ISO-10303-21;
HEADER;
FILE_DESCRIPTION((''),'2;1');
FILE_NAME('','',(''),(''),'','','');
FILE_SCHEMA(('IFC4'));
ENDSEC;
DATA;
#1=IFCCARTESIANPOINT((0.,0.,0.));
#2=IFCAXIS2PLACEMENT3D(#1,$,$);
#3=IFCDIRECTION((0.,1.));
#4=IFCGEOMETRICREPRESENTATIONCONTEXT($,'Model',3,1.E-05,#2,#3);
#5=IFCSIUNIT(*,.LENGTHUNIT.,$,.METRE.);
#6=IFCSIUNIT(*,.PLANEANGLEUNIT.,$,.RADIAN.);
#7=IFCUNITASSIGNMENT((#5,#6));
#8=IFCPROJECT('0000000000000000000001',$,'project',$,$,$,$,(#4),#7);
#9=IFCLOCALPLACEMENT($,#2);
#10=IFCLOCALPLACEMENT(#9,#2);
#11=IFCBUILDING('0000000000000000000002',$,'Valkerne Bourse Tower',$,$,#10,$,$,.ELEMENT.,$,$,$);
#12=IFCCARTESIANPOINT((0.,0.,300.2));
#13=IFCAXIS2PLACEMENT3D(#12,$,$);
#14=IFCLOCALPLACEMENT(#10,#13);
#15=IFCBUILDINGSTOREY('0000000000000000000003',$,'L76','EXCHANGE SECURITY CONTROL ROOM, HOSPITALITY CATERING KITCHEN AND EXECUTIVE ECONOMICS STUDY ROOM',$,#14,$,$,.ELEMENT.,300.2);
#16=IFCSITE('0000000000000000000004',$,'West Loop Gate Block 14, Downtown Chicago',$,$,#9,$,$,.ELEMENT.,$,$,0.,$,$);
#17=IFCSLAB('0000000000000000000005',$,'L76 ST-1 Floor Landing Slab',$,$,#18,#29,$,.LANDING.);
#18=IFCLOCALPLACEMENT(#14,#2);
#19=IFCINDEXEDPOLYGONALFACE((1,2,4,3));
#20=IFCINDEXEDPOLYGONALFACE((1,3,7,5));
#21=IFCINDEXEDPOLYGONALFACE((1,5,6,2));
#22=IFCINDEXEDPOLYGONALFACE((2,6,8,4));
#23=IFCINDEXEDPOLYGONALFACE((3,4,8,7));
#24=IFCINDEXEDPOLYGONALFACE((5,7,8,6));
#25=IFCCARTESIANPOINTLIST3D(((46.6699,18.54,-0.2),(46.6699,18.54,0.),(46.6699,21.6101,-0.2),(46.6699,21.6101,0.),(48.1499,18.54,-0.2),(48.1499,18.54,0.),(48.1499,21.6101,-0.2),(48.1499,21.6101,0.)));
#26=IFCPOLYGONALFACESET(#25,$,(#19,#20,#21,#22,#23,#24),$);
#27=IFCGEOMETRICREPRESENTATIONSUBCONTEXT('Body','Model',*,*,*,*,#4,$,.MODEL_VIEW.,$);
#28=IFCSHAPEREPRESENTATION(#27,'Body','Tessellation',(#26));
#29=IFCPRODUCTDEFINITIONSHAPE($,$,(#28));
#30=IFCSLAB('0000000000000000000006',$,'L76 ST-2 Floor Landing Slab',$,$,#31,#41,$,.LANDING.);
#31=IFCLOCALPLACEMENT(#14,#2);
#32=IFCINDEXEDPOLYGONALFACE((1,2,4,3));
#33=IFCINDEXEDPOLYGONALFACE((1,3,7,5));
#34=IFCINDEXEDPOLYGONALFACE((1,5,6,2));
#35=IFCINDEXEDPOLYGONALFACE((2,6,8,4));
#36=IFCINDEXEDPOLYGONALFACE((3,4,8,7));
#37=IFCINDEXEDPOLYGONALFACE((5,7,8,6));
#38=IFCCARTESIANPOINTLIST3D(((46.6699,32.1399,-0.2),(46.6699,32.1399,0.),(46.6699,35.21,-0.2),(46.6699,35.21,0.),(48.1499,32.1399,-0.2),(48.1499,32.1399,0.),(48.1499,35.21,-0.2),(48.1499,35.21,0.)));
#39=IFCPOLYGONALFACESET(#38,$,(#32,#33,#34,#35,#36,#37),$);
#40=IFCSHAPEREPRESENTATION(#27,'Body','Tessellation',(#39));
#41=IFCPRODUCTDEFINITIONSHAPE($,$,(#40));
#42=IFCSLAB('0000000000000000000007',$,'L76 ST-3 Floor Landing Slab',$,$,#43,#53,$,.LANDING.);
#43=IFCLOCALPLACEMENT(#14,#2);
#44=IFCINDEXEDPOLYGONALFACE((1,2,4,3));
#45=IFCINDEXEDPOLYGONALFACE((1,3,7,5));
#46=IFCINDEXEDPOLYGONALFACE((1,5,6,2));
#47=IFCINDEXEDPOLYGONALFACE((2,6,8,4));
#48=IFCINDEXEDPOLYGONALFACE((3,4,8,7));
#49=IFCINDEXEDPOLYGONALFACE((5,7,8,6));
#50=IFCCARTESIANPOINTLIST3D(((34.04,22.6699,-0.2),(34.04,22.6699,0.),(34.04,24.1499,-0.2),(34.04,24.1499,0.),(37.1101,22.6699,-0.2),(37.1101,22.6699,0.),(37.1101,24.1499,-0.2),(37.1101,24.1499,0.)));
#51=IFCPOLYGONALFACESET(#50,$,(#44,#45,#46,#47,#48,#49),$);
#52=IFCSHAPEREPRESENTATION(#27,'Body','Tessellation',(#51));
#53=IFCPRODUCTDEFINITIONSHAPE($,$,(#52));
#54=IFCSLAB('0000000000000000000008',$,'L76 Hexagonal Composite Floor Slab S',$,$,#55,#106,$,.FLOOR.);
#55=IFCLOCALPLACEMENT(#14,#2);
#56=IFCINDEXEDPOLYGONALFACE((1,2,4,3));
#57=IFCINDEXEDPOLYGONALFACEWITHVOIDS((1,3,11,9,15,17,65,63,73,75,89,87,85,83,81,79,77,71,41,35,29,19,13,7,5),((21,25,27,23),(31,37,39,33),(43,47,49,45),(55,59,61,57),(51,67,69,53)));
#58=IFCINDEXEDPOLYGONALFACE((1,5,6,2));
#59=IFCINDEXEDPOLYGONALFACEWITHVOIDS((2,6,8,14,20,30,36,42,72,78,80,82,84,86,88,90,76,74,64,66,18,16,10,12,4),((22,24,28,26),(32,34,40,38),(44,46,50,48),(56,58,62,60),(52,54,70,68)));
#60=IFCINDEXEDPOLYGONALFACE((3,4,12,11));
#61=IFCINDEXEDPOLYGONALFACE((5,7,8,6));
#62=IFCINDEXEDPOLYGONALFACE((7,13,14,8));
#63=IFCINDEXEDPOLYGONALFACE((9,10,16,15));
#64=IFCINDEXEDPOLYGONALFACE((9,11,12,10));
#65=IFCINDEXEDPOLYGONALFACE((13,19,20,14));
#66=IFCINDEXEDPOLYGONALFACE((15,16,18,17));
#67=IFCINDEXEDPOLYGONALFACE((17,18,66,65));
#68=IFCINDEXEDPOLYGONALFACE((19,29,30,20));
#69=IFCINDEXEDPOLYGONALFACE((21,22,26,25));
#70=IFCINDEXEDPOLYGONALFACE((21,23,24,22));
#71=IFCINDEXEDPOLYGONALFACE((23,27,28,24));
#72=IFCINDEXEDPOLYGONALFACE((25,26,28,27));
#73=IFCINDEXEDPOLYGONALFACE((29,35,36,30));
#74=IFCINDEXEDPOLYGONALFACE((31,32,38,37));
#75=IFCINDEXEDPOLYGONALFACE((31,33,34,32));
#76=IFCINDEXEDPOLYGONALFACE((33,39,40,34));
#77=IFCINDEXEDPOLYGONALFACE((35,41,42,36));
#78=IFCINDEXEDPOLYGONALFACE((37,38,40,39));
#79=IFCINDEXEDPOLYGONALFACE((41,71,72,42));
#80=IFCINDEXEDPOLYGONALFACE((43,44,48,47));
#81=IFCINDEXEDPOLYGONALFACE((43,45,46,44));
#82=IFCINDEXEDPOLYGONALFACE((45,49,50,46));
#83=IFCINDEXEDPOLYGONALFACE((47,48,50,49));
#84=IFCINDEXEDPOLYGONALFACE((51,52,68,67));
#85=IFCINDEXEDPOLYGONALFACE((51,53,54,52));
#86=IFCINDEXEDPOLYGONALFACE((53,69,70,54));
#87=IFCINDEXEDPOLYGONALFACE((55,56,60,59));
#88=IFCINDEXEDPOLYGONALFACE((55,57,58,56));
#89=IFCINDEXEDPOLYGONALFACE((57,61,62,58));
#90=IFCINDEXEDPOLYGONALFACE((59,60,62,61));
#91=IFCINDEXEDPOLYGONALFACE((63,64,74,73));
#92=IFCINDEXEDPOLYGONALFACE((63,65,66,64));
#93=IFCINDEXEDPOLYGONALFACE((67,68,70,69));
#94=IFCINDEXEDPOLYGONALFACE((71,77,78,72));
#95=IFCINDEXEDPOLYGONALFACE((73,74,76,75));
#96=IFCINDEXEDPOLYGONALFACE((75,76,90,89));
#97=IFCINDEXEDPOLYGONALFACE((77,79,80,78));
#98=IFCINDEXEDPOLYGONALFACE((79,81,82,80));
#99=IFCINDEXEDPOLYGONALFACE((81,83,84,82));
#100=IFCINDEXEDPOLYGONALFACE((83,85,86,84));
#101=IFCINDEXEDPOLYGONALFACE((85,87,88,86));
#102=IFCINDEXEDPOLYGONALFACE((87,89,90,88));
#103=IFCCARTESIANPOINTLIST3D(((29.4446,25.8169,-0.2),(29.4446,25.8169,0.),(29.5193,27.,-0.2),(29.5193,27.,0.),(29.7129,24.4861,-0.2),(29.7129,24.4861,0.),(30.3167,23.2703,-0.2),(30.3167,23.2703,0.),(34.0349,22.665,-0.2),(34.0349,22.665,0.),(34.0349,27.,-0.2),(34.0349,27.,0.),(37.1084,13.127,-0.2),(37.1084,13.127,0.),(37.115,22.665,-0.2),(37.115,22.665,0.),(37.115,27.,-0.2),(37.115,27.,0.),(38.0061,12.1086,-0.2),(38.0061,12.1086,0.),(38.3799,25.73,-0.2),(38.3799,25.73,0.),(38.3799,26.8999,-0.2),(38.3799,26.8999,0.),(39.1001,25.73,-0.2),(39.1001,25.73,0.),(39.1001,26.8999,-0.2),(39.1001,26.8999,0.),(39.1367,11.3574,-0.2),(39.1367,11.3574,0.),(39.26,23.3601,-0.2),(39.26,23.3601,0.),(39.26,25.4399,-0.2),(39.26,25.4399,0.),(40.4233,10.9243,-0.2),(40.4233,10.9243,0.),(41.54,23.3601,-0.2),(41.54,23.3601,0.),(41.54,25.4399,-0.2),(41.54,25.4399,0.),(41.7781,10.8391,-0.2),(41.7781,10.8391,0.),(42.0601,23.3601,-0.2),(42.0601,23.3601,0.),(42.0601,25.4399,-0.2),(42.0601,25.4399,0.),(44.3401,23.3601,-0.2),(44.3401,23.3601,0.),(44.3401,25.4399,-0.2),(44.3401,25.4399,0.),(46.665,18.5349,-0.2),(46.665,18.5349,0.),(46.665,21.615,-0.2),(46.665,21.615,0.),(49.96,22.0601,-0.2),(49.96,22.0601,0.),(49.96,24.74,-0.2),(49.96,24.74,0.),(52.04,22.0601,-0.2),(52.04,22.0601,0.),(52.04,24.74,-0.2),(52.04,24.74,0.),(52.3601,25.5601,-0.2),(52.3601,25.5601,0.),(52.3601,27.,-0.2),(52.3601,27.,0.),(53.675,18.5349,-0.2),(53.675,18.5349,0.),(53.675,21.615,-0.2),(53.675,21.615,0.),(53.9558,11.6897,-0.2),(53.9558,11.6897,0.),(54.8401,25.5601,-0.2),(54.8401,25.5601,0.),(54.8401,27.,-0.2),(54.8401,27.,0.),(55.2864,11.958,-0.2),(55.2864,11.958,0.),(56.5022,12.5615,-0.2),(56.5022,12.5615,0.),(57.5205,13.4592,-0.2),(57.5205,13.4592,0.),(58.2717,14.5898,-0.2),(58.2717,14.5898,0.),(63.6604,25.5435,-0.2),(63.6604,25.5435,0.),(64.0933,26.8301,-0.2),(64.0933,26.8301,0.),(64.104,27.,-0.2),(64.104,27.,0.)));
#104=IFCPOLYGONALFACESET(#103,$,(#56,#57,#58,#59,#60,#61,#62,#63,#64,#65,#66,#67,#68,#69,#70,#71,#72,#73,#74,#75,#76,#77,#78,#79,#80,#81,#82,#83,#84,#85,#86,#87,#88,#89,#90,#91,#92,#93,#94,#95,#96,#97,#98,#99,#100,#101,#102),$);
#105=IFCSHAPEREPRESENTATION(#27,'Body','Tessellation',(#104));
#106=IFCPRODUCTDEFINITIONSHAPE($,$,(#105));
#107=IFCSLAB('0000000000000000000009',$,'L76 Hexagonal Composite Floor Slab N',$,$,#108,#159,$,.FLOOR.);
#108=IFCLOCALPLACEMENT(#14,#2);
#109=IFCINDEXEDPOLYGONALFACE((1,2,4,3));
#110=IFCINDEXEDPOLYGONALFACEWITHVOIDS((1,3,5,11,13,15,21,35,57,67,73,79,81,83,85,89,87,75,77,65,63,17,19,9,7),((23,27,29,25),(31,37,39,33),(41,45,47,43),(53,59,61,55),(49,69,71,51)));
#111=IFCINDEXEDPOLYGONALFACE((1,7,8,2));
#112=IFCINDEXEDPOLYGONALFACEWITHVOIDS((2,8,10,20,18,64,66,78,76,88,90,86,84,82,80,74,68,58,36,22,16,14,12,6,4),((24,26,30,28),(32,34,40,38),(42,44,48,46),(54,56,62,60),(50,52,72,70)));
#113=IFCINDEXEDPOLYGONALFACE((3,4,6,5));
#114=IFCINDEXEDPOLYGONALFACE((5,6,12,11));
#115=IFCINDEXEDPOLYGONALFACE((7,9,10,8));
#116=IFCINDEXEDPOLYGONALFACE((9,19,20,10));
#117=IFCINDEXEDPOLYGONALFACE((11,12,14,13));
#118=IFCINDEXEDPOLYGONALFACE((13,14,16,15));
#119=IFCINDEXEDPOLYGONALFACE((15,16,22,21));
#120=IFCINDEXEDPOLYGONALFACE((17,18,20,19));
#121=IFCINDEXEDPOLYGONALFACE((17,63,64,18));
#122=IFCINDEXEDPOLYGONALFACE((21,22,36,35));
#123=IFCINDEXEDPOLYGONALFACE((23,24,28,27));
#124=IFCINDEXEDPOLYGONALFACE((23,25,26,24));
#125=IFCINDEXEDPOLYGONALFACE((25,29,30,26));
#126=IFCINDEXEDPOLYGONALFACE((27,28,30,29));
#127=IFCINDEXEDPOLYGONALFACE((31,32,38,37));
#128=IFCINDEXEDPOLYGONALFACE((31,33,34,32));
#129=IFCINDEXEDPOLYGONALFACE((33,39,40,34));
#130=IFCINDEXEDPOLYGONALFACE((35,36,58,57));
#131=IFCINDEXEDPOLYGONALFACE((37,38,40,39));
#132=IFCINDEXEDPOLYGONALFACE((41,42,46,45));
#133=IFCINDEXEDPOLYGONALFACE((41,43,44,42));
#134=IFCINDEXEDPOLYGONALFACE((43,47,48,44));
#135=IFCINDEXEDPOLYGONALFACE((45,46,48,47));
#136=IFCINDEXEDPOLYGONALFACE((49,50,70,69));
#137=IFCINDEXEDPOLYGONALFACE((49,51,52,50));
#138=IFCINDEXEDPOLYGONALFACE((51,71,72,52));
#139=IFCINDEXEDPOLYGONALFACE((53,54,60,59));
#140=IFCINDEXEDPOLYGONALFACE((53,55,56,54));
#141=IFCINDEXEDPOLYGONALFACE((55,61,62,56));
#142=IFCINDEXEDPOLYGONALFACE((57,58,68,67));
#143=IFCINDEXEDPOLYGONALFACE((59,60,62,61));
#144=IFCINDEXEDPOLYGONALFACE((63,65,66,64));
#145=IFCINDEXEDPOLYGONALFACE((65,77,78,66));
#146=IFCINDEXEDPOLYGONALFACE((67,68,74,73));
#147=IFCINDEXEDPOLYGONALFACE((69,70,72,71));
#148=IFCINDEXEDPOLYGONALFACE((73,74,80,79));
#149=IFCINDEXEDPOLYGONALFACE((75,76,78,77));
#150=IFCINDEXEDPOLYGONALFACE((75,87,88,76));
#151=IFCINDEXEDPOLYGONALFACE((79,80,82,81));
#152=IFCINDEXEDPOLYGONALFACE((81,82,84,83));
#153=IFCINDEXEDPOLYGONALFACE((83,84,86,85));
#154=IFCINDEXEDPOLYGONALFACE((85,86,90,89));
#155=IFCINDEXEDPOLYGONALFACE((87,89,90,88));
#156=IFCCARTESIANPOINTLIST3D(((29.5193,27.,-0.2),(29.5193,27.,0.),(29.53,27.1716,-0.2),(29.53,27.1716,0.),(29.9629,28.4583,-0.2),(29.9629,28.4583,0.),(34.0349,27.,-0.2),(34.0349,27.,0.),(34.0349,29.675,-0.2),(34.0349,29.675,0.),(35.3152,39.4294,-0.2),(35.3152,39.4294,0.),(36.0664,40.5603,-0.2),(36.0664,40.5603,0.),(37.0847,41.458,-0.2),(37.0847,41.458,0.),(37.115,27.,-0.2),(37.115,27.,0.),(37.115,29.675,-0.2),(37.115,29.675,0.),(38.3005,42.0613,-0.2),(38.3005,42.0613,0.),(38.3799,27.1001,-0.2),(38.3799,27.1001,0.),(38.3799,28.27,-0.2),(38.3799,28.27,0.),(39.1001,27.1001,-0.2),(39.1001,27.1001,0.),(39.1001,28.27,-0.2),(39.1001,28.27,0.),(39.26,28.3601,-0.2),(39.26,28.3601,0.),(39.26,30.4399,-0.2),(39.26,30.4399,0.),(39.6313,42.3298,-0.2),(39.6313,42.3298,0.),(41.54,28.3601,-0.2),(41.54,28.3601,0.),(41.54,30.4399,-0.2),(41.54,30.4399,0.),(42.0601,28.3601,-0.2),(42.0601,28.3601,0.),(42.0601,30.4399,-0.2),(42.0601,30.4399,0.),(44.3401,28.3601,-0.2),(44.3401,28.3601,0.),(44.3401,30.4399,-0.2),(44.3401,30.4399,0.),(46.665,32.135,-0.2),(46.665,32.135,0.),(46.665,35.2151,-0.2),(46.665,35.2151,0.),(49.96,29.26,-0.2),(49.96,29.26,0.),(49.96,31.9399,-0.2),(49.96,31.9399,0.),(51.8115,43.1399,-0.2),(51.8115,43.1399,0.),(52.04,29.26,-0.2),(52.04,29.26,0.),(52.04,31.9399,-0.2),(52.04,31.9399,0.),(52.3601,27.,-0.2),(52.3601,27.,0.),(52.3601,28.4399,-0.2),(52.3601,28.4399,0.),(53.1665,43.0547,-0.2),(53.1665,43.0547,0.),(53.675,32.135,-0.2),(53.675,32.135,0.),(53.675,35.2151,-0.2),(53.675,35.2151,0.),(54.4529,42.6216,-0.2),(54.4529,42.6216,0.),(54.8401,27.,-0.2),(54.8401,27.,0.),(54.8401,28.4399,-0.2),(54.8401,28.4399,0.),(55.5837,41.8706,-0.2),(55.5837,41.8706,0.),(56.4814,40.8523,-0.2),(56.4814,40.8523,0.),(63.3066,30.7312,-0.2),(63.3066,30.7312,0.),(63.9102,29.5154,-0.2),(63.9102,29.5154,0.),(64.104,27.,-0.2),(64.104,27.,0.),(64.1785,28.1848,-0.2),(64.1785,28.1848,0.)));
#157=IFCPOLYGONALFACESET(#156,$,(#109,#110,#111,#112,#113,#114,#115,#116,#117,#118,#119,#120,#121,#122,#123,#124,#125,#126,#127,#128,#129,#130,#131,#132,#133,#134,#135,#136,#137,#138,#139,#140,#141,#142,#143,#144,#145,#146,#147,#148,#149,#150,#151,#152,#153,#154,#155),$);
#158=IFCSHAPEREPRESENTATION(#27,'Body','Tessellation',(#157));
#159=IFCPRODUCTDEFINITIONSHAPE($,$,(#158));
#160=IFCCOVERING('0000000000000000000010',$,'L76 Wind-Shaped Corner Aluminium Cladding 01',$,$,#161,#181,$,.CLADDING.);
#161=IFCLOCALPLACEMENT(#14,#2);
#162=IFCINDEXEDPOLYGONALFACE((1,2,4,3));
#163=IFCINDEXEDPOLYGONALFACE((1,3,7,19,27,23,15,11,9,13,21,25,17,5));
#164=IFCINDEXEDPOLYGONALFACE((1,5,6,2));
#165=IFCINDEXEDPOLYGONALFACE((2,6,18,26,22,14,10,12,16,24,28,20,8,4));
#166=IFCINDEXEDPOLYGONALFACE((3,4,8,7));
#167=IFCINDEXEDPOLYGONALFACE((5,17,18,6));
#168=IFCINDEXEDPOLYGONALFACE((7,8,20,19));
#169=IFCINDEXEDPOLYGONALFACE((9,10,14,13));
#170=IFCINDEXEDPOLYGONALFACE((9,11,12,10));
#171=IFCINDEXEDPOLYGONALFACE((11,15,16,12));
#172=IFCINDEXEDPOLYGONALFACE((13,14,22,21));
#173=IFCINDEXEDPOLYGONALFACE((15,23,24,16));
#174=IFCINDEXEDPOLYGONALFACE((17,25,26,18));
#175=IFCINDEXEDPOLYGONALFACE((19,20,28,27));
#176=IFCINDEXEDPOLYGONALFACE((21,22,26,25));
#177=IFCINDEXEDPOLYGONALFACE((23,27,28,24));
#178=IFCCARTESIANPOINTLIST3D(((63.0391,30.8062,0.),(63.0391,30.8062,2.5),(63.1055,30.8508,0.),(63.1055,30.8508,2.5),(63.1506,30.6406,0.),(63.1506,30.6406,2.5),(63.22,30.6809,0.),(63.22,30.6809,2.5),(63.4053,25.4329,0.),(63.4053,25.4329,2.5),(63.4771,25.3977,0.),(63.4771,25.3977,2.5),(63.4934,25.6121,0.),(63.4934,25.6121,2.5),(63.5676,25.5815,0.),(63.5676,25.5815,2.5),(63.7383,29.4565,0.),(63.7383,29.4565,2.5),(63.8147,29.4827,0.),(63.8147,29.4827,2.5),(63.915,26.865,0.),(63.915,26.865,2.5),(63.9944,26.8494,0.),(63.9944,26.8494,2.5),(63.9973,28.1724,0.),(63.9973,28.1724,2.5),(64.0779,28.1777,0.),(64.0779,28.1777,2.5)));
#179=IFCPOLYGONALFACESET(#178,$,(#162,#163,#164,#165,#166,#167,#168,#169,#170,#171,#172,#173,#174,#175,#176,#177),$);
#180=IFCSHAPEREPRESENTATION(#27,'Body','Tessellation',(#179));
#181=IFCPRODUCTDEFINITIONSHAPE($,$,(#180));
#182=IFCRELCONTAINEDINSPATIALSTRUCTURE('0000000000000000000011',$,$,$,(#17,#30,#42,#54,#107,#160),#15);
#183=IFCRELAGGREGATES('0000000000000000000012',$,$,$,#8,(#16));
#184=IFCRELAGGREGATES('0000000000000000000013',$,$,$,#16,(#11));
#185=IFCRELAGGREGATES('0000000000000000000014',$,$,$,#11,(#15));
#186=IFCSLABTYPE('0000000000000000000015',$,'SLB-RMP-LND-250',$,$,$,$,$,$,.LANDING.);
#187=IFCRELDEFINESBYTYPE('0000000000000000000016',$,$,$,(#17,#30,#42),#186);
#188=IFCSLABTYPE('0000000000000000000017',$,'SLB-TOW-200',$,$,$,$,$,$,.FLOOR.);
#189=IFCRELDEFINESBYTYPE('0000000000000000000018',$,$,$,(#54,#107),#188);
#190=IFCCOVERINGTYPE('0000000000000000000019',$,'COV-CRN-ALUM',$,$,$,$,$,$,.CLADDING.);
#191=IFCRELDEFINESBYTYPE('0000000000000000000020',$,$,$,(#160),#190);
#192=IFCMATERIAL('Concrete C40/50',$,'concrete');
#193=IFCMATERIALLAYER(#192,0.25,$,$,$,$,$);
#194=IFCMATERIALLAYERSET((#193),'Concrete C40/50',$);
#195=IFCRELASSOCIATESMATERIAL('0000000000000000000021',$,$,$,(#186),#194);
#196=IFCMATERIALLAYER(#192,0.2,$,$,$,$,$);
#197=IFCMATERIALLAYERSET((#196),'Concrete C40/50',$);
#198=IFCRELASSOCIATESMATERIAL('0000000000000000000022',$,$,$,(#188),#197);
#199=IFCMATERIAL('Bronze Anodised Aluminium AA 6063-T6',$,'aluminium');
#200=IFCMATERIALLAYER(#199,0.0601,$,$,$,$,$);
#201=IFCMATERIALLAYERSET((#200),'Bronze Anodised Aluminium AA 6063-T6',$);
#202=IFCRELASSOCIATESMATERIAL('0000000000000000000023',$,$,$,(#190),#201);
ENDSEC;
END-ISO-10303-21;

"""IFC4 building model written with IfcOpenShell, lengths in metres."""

from ifc_helpers import new_model, si_unit, direction, frame, origin, place, context, subcontext, project, spatial, polyline, outline, extrude, material, layer, layer_set, type_object, element, save


model = new_model("IFC4")

# Units and contexts
model_context = context("Model", 3, precision=1e-05, world=origin(), true_north=direction((0.0, 1.0)))
body_context = subcontext(model_context, "Body", "Model", "MODEL_VIEW")
ifc_project = project(units=[si_unit("LENGTHUNIT", "METRE"), si_unit("PLANEANGLEUNIT", "RADIAN")], contexts=[model_context])

# Site, building, storey
site_placement = place(None, origin())
site = spatial("IfcSite", under=ifc_project, at=site_placement, Name="West Loop Gate Block 14, Downtown Chicago", CompositionType="ELEMENT", RefElevation=0.0)
building_placement = place(site_placement, origin())
building = spatial("IfcBuilding", under=site, at=building_placement, Name="Valkerne Bourse Tower", CompositionType="ELEMENT")
storey_placement = place(building_placement, frame((0.0, 0.0, 300.2)))
storey = spatial("IfcBuildingStorey", under=building, at=storey_placement, Name="L76", Description="EXCHANGE SECURITY CONTROL ROOM, HOSPITALITY CATERING KITCHEN AND EXECUTIVE ECONOMICS STUDY ROOM", CompositionType="ELEMENT", Elevation=300.2)

# Slabs
ifc_material_1 = material(Name="Concrete C40/50", Category="concrete")
ifc_layer_1 = layer(ifc_material_1, 0.25)
ifc_layer_set_1 = layer_set([ifc_layer_1], Name="Concrete C40/50")
slab_type_1 = type_object("IfcSlabType", Name="SLB-RMP-LND-250", PredefinedType="LANDING", material=ifc_layer_set_1)
slab_1_placement = place(storey_placement, frame((0.0, 0.0, -0.2)))
element("IfcSlab", 1, at=slab_1_placement, inside=storey, type_object=slab_type_1, Name="L76 ST-1 Floor Landing Slab", PredefinedType="LANDING", context=body_context, shape_type="SweptSolid", body=[
    extrude(outline(polyline([(46.6699, 18.54), (48.1499, 18.54), (48.1499, 21.6101), (46.6699, 21.6101), (46.6699, 18.54)])), origin(), (0.0, 0.0, 1.0), 0.2),
])
slab_2_placement = place(storey_placement, frame((0.0, 0.0, -0.2)))
element("IfcSlab", 2, at=slab_2_placement, inside=storey, type_object=slab_type_1, Name="L76 ST-2 Floor Landing Slab", PredefinedType="LANDING", context=body_context, shape_type="SweptSolid", body=[
    extrude(outline(polyline([(46.6699, 32.1399), (48.1499, 32.1399), (48.1499, 35.21), (46.6699, 35.21), (46.6699, 32.1399)])), origin(), (0.0, 0.0, 1.0), 0.2),
])
slab_3_placement = place(storey_placement, frame((0.0, 0.0, -0.2)))
element("IfcSlab", 3, at=slab_3_placement, inside=storey, type_object=slab_type_1, Name="L76 ST-3 Floor Landing Slab", PredefinedType="LANDING", context=body_context, shape_type="SweptSolid", body=[
    extrude(outline(polyline([(37.1101, 22.6699), (37.1101, 24.1499), (34.04, 24.1499), (34.04, 22.6699), (37.1101, 22.6699)])), origin(), (0.0, 0.0, 1.0), 0.2),
])
ifc_layer_2 = layer(ifc_material_1, 0.2)
ifc_layer_set_2 = layer_set([ifc_layer_2], Name="Concrete C40/50")
slab_type_2 = type_object("IfcSlabType", Name="SLB-TOW-200", PredefinedType="FLOOR", material=ifc_layer_set_2)
slab_4_placement = place(storey_placement, frame((0.0, 0.0, -0.2)))
element("IfcSlab", 4, at=slab_4_placement, inside=storey, type_object=slab_type_2, Name="L76 Hexagonal Composite Floor Slab S", PredefinedType="FLOOR", context=body_context, shape_type="SweptSolid", body=[
    extrude(outline(polyline([(64.0933, 26.8301), (63.6604, 25.5435), (58.2717, 14.5898), (57.5205, 13.4592), (56.5022, 12.5615), (55.2864, 11.958), (53.9558, 11.6897), (41.7781, 10.8391), (40.4233, 10.9243), (39.1367, 11.3574), (38.0061, 12.1086), (37.1084, 13.127), (30.3167, 23.2703), (29.7129, 24.4861), (29.4446, 25.8169), (29.5193, 27.0), (34.0349, 27.0), (34.0349, 22.665), (37.115, 22.665), (37.115, 27.0), (52.3601, 27.0), (52.3601, 25.5601), (54.8401, 25.5601), (54.8401, 27.0), (64.104, 27.0), (64.0933, 26.8301)]), holes=[polyline([(39.26, 25.4399), (39.26, 23.3601), (41.54, 23.3601), (41.54, 25.4399), (39.26, 25.4399)]), polyline([(44.3401, 25.4399), (42.0601, 25.4399), (42.0601, 23.3601), (44.3401, 23.3601), (44.3401, 25.4399)]), polyline([(38.3799, 26.8999), (38.3799, 25.73), (39.1001, 25.73), (39.1001, 26.8999), (38.3799, 26.8999)]), polyline([(46.665, 21.615), (46.665, 18.5349), (53.675, 18.5349), (53.675, 21.615), (46.665, 21.615)]), polyline([(52.04, 24.74), (49.96, 24.74), (49.96, 22.0601), (52.04, 22.0601), (52.04, 24.74)])]), origin(), (0.0, 0.0, 1.0), 0.2),
])
slab_5_placement = place(storey_placement, frame((0.0, 0.0, -0.2)))
element("IfcSlab", 5, at=slab_5_placement, inside=storey, type_object=slab_type_2, Name="L76 Hexagonal Composite Floor Slab N", PredefinedType="FLOOR", context=body_context, shape_type="SweptSolid", body=[
    extrude(outline(polyline([(63.9102, 29.5154), (64.1785, 28.1848), (64.104, 27.0), (54.8401, 27.0), (54.8401, 28.4399), (52.3601, 28.4399), (52.3601, 27.0), (37.115, 27.0), (37.115, 29.675), (34.0349, 29.675), (34.0349, 27.0), (29.5193, 27.0), (29.53, 27.1716), (29.9629, 28.4583), (35.3152, 39.4294), (36.0664, 40.5603), (37.0847, 41.458), (38.3005, 42.0613), (39.6313, 42.3298), (51.8115, 43.1399), (53.1665, 43.0547), (54.4529, 42.6216), (55.5837, 41.8706), (56.4814, 40.8523), (63.3066, 30.7312), (63.9102, 29.5154)]), holes=[polyline([(39.1001, 28.27), (38.3799, 28.27), (38.3799, 27.1001), (39.1001, 27.1001), (39.1001, 28.27)]), polyline([(41.54, 30.4399), (39.26, 30.4399), (39.26, 28.3601), (41.54, 28.3601), (41.54, 30.4399)]), polyline([(42.0601, 30.4399), (42.0601, 28.3601), (44.3401, 28.3601), (44.3401, 30.4399), (42.0601, 30.4399)]), polyline([(52.04, 31.9399), (49.96, 31.9399), (49.96, 29.26), (52.04, 29.26), (52.04, 31.9399)]), polyline([(53.675, 35.2151), (46.665, 35.2151), (46.665, 32.135), (53.675, 32.135), (53.675, 35.2151)])]), origin(), (0.0, 0.0, 1.0), 0.2),
])

# Covering
ifc_material_2 = material(Name="Bronze Anodised Aluminium AA 6063-T6", Category="aluminium")
ifc_layer_3 = layer(ifc_material_2, 0.0601)
ifc_layer_set_3 = layer_set([ifc_layer_3], Name="Bronze Anodised Aluminium AA 6063-T6")
covering_type = type_object("IfcCoveringType", Name="COV-CRN-ALUM", PredefinedType="CLADDING", material=ifc_layer_set_3)
covering_1_placement = place(storey_placement, origin())
element("IfcCovering", 6, at=covering_1_placement, inside=storey, type_object=covering_type, Name="L76 Wind-Shaped Corner Aluminium Cladding 01", PredefinedType="CLADDING", context=body_context, shape_type="SweptSolid", body=[
    extrude(outline(polyline([(63.8147, 29.4827), (64.0779, 28.1777), (63.9944, 26.8494), (63.5676, 25.5815), (63.4771, 25.3977), (63.4053, 25.4329), (63.4934, 25.6121), (63.915, 26.865), (63.9973, 28.1724), (63.7383, 29.4565), (63.1506, 30.6406), (63.0391, 30.8062), (63.1055, 30.8508), (63.22, 30.6809), (63.8147, 29.4827)])), origin(), (0.0, 0.0, 1.0), 2.5),
])

save(model, "model.ifc")
